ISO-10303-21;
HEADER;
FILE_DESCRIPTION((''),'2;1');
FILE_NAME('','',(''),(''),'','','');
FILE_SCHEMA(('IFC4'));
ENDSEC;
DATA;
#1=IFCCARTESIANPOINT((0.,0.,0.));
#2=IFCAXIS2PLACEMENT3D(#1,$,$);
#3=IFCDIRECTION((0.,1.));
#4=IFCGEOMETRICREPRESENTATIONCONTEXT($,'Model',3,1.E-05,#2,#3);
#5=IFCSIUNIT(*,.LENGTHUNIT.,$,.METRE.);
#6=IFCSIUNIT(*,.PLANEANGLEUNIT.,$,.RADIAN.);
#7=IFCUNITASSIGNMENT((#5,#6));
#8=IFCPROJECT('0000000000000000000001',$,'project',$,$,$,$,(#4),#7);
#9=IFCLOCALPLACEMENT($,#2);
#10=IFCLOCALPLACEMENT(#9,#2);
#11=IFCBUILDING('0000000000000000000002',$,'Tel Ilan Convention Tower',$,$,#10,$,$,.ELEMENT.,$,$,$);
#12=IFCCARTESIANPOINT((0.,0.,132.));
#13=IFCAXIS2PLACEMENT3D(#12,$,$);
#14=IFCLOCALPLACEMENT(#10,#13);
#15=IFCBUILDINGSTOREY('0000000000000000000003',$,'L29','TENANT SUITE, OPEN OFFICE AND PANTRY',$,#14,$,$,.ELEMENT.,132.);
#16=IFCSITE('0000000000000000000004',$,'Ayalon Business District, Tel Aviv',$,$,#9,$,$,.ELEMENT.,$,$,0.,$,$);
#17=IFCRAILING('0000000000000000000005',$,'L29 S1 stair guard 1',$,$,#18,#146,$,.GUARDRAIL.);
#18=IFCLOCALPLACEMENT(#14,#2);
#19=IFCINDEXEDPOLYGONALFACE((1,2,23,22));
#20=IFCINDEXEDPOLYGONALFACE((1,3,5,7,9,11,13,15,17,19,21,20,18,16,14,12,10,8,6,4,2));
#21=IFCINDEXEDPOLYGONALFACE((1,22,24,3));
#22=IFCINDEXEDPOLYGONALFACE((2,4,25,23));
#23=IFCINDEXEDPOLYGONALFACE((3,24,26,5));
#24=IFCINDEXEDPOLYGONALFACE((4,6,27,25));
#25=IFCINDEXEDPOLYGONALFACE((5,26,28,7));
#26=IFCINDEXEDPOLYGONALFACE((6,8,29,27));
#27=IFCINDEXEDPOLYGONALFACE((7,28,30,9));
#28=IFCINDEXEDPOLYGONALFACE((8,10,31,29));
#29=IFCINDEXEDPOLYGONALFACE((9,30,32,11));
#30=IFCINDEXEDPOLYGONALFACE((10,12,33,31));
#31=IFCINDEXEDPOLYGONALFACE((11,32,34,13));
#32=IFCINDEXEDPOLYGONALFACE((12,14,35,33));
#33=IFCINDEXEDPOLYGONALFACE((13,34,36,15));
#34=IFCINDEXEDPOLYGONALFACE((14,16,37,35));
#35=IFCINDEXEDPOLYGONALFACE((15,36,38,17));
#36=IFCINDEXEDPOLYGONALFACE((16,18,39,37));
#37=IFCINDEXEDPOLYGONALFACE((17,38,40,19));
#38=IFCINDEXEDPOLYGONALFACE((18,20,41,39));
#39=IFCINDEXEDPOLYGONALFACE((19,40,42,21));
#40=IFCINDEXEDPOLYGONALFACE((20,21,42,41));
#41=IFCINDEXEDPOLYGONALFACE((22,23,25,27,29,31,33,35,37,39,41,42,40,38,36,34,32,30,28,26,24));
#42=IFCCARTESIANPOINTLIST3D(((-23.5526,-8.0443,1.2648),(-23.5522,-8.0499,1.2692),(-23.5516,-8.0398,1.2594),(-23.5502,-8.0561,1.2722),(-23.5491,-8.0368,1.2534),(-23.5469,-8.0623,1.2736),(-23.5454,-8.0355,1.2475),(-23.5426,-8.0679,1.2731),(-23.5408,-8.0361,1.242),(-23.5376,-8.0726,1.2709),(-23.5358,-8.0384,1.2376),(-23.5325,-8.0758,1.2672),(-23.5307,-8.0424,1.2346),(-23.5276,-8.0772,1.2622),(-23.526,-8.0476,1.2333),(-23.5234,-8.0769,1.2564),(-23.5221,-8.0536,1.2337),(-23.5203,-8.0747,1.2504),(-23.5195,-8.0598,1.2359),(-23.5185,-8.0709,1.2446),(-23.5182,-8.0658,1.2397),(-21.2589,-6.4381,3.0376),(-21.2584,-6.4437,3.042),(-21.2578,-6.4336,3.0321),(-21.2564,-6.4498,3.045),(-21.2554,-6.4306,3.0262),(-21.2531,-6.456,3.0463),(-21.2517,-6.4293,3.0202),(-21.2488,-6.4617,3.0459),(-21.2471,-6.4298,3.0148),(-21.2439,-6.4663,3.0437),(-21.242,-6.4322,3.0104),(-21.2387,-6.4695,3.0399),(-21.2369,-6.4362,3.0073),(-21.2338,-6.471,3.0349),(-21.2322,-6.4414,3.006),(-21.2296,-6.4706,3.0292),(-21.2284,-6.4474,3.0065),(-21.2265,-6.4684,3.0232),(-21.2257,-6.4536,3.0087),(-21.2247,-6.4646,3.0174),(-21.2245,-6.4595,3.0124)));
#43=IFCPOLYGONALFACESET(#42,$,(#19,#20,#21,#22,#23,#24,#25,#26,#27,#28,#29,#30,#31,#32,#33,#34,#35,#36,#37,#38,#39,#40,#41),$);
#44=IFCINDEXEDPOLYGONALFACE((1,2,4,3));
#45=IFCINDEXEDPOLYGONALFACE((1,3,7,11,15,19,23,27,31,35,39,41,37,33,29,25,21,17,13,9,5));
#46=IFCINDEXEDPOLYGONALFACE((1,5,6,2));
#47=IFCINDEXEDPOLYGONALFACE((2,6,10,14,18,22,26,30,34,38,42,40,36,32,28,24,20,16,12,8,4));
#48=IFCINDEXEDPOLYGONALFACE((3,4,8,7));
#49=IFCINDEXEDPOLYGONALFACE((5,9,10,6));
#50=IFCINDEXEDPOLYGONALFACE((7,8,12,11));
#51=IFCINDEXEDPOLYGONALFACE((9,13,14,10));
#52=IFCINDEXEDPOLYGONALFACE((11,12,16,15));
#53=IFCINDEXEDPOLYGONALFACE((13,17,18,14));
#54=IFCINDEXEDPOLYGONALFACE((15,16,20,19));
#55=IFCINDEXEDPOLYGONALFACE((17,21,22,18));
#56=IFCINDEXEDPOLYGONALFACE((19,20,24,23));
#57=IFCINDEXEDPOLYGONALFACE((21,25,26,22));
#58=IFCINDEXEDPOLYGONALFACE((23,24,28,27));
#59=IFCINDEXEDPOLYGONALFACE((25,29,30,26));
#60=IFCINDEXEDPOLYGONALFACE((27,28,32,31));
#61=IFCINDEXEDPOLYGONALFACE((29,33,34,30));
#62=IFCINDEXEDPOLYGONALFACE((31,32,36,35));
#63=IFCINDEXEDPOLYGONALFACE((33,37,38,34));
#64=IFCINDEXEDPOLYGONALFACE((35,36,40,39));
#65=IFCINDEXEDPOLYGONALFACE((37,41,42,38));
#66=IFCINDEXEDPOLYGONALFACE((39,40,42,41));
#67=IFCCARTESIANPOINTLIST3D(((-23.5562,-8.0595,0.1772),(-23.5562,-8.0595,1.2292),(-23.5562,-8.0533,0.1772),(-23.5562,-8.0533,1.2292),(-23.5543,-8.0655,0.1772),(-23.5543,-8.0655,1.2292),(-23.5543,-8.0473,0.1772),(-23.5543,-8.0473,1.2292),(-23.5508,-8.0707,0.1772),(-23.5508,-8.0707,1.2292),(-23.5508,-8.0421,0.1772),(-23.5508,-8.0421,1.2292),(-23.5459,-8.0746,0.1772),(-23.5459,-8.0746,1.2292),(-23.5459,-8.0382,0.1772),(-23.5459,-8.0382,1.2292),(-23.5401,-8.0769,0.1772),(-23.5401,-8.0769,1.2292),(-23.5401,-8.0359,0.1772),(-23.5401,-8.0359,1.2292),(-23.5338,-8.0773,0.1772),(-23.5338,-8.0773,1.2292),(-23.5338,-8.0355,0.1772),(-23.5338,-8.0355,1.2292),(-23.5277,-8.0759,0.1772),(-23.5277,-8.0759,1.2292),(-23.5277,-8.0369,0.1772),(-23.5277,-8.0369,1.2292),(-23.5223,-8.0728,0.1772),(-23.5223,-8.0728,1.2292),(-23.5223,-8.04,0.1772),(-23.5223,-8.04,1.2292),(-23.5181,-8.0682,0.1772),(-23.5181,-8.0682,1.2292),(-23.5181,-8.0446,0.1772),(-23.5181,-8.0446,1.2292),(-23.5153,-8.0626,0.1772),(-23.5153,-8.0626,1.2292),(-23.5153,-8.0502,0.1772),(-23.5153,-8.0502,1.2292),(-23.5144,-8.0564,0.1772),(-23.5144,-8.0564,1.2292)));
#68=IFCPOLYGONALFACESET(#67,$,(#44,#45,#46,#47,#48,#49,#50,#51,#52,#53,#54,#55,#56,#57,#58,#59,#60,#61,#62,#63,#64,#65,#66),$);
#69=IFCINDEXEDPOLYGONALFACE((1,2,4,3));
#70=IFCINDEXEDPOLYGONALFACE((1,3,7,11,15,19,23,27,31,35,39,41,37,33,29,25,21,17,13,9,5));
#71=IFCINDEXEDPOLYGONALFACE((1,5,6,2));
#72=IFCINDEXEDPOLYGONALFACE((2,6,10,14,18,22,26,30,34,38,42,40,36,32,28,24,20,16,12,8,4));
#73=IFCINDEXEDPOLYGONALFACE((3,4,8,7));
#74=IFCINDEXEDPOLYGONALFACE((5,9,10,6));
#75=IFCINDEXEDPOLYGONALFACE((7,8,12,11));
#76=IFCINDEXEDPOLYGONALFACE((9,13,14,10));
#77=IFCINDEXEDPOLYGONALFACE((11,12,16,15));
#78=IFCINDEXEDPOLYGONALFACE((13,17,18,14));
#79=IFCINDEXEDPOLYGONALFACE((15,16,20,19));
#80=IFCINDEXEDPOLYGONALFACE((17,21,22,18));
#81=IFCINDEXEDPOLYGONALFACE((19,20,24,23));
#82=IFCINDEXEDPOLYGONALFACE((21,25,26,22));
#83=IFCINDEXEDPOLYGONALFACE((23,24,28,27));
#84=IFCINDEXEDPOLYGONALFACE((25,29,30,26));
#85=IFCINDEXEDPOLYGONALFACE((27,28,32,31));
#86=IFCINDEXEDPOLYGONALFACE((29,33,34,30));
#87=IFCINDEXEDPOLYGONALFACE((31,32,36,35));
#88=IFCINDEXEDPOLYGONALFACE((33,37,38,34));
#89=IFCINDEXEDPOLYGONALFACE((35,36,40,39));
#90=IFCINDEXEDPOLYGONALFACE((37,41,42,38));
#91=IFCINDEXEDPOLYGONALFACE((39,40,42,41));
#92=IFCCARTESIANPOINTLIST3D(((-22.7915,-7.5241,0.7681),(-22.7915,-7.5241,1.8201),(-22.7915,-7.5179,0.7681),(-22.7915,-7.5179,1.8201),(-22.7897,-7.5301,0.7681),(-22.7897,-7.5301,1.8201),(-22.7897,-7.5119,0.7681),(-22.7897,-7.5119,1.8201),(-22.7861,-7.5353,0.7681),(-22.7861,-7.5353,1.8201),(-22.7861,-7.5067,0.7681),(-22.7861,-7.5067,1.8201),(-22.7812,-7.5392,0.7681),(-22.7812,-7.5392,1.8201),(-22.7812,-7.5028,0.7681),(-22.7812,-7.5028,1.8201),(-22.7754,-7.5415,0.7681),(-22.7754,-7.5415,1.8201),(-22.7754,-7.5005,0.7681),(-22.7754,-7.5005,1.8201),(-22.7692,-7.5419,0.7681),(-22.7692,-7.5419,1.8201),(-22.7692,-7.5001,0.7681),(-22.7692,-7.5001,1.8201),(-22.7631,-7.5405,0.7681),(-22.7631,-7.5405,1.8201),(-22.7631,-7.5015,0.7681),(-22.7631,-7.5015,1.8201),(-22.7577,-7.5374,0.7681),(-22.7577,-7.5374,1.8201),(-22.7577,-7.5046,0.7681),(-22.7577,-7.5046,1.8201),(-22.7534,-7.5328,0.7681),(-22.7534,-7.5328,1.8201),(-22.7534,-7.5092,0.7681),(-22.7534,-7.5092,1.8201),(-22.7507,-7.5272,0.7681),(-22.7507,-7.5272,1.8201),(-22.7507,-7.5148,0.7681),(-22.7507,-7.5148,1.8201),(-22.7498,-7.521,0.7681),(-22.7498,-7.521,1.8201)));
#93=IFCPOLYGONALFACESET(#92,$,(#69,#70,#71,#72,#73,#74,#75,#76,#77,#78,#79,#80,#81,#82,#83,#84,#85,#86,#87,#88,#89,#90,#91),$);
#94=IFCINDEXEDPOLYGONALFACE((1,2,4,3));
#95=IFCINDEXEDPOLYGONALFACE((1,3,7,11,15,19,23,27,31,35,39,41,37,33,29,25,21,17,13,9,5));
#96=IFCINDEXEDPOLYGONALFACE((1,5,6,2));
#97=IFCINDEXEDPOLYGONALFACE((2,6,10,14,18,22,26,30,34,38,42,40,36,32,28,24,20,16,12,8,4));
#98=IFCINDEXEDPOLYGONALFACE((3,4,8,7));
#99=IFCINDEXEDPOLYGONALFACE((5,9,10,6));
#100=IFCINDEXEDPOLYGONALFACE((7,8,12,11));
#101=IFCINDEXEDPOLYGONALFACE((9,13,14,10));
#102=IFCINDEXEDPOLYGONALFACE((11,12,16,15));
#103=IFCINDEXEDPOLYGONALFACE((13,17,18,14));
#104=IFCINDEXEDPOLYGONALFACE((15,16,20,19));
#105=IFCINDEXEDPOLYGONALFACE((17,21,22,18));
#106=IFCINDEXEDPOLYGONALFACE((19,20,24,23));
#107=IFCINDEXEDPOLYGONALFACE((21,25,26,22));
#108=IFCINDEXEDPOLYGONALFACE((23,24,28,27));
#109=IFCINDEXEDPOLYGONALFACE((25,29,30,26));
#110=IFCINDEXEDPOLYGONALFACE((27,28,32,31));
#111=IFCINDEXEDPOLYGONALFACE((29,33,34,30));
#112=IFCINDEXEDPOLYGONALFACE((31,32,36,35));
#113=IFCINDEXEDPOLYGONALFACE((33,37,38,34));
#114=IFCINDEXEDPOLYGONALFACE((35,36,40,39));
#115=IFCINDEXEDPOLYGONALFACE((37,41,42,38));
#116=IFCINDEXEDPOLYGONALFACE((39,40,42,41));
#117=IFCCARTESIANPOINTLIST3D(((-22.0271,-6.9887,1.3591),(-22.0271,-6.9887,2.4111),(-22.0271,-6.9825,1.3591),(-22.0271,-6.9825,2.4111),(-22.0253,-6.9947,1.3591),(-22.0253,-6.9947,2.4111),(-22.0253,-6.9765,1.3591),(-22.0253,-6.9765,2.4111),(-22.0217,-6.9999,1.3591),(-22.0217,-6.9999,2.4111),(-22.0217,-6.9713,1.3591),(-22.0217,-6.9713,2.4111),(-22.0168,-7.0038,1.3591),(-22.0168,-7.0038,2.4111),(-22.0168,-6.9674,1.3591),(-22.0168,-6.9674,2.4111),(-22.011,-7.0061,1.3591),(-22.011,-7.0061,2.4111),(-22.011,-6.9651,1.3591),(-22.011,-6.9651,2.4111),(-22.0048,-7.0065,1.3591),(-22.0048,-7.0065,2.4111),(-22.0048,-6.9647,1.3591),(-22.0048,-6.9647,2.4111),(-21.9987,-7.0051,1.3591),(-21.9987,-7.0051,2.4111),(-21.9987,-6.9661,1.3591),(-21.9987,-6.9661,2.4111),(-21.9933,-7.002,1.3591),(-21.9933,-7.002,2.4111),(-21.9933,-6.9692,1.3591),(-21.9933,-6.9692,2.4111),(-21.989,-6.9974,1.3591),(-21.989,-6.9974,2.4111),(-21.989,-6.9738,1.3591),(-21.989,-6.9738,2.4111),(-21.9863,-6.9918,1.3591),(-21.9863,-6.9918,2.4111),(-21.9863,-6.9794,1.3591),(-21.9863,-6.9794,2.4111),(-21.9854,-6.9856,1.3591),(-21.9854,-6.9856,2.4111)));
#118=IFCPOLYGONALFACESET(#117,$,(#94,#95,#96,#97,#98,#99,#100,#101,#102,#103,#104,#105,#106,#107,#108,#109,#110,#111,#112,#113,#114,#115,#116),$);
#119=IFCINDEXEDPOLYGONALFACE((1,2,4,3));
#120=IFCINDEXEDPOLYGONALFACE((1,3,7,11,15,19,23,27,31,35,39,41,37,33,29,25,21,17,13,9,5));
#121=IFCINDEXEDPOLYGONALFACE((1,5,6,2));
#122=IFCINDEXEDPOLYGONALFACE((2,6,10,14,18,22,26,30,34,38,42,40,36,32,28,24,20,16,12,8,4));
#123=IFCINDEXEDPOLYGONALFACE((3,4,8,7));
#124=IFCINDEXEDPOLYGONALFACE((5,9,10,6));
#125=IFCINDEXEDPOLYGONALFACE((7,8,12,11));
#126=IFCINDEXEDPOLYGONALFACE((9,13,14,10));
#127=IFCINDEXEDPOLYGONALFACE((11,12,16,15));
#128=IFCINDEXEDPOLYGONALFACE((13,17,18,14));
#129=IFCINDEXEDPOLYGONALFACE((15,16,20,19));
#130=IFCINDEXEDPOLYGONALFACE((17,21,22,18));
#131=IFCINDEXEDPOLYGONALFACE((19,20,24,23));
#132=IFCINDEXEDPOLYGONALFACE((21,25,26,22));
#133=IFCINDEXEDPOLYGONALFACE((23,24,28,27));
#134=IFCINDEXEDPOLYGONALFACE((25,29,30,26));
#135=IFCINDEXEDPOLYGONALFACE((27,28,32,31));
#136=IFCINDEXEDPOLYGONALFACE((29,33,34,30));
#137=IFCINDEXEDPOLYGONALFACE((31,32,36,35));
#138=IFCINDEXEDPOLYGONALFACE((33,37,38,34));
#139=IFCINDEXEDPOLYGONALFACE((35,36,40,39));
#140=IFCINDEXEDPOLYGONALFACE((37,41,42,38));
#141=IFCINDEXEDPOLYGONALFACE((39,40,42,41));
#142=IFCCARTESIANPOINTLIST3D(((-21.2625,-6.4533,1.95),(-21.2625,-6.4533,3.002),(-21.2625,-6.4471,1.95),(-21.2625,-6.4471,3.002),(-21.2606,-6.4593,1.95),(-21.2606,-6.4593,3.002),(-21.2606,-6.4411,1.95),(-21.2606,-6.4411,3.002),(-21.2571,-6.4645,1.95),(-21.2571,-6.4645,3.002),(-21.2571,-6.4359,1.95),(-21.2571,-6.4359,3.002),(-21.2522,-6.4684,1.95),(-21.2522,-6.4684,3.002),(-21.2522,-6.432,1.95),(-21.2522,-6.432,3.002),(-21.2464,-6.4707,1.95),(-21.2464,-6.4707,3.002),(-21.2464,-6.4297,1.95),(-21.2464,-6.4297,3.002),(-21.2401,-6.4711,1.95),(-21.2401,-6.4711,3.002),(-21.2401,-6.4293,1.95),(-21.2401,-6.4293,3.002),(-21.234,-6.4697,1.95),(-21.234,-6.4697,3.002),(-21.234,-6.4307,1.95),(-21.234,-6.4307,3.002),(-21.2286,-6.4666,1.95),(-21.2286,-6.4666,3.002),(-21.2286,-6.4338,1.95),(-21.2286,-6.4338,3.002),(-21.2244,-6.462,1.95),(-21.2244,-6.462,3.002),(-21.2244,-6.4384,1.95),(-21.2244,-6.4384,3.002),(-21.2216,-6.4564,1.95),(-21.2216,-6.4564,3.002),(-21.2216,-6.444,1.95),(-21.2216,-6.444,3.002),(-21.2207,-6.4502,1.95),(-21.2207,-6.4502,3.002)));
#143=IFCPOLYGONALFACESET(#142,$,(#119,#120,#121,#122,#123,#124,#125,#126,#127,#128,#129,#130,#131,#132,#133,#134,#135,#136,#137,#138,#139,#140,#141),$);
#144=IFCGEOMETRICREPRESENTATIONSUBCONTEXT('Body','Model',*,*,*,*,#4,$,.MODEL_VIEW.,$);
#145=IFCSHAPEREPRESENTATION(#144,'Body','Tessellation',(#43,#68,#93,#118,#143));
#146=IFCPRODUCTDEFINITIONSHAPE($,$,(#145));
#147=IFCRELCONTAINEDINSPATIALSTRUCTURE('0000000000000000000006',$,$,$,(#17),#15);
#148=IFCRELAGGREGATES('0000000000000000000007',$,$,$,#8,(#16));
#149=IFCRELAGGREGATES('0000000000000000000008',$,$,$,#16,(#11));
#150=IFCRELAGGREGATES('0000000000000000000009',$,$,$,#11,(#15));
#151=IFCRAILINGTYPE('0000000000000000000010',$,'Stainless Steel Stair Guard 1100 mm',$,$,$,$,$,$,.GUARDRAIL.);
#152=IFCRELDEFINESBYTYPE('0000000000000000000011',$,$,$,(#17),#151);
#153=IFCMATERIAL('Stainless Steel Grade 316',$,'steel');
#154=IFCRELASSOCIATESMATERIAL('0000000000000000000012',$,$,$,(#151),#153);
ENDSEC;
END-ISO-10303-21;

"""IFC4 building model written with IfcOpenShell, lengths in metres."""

from ifc_helpers import new_model, si_unit, direction, frame, origin, origin_2d, place, context, subcontext, project, spatial, circle, extrude, material, type_object, element, save


model = new_model("IFC4")

# Units and contexts
model_context = context("Model", 3, precision=1e-05, world=origin(), true_north=direction((0.0, 1.0)))
body_context = subcontext(model_context, "Body", "Model", "MODEL_VIEW")
ifc_project = project(units=[si_unit("LENGTHUNIT", "METRE"), si_unit("PLANEANGLEUNIT", "RADIAN")], contexts=[model_context])

# Site, building, storey
site_placement = place(None, origin())
site = spatial("IfcSite", under=ifc_project, at=site_placement, Name="Ayalon Business District, Tel Aviv", CompositionType="ELEMENT", RefElevation=0.0)
building_placement = place(site_placement, origin())
building = spatial("IfcBuilding", under=site, at=building_placement, Name="Tel Ilan Convention Tower", CompositionType="ELEMENT")
storey_placement = place(building_placement, frame((0.0, 0.0, 132.0)))
storey = spatial("IfcBuildingStorey", under=building, at=storey_placement, Name="L29", Description="TENANT SUITE, OPEN OFFICE AND PANTRY", CompositionType="ELEMENT", Elevation=132.0)

# Railing
ifc_material_1 = material(Name="Stainless Steel Grade 316", Category="steel")
railing_type_1 = type_object("IfcRailingType", Name="Stainless Steel Stair Guard 1100 mm", PredefinedType="GUARDRAIL", material=ifc_material_1)
railing_1_placement = place(storey_placement, frame((-23.5354, -8.0564, 0.1772)))
element("IfcRailing", 1, at=railing_1_placement, inside=storey, type_object=railing_type_1, Name="L29 S1 stair guard 1", PredefinedType="GUARDRAIL", context=body_context, shape_type="SweptSolid", body=[
    extrude(circle(Radius=0.0239, at=origin_2d()), frame((0.0, 0.0, 1.0762), z_axis=(0.692098, 0.484653, 0.534894), x_axis=(-0.573609, 0.81913, 0.0)), (0.0, 0.0, 1.0), 3.3142),
    extrude(circle(Radius=0.021, at=origin_2d()), origin(), (0.0, 0.0, 1.0), 1.052),
    extrude(circle(Radius=0.021, at=origin_2d()), frame((0.7646, 0.5354, 0.5908)), (0.0, 0.0, 1.0), 1.052),
    extrude(circle(Radius=0.021, at=origin_2d()), frame((1.5291, 1.0708, 1.1819)), (0.0, 0.0, 1.0), 1.052),
    extrude(circle(Radius=0.021, at=origin_2d()), frame((2.2937, 1.6062, 1.7727)), (0.0, 0.0, 1.0), 1.052),
])

save(model, "model.ifc")
